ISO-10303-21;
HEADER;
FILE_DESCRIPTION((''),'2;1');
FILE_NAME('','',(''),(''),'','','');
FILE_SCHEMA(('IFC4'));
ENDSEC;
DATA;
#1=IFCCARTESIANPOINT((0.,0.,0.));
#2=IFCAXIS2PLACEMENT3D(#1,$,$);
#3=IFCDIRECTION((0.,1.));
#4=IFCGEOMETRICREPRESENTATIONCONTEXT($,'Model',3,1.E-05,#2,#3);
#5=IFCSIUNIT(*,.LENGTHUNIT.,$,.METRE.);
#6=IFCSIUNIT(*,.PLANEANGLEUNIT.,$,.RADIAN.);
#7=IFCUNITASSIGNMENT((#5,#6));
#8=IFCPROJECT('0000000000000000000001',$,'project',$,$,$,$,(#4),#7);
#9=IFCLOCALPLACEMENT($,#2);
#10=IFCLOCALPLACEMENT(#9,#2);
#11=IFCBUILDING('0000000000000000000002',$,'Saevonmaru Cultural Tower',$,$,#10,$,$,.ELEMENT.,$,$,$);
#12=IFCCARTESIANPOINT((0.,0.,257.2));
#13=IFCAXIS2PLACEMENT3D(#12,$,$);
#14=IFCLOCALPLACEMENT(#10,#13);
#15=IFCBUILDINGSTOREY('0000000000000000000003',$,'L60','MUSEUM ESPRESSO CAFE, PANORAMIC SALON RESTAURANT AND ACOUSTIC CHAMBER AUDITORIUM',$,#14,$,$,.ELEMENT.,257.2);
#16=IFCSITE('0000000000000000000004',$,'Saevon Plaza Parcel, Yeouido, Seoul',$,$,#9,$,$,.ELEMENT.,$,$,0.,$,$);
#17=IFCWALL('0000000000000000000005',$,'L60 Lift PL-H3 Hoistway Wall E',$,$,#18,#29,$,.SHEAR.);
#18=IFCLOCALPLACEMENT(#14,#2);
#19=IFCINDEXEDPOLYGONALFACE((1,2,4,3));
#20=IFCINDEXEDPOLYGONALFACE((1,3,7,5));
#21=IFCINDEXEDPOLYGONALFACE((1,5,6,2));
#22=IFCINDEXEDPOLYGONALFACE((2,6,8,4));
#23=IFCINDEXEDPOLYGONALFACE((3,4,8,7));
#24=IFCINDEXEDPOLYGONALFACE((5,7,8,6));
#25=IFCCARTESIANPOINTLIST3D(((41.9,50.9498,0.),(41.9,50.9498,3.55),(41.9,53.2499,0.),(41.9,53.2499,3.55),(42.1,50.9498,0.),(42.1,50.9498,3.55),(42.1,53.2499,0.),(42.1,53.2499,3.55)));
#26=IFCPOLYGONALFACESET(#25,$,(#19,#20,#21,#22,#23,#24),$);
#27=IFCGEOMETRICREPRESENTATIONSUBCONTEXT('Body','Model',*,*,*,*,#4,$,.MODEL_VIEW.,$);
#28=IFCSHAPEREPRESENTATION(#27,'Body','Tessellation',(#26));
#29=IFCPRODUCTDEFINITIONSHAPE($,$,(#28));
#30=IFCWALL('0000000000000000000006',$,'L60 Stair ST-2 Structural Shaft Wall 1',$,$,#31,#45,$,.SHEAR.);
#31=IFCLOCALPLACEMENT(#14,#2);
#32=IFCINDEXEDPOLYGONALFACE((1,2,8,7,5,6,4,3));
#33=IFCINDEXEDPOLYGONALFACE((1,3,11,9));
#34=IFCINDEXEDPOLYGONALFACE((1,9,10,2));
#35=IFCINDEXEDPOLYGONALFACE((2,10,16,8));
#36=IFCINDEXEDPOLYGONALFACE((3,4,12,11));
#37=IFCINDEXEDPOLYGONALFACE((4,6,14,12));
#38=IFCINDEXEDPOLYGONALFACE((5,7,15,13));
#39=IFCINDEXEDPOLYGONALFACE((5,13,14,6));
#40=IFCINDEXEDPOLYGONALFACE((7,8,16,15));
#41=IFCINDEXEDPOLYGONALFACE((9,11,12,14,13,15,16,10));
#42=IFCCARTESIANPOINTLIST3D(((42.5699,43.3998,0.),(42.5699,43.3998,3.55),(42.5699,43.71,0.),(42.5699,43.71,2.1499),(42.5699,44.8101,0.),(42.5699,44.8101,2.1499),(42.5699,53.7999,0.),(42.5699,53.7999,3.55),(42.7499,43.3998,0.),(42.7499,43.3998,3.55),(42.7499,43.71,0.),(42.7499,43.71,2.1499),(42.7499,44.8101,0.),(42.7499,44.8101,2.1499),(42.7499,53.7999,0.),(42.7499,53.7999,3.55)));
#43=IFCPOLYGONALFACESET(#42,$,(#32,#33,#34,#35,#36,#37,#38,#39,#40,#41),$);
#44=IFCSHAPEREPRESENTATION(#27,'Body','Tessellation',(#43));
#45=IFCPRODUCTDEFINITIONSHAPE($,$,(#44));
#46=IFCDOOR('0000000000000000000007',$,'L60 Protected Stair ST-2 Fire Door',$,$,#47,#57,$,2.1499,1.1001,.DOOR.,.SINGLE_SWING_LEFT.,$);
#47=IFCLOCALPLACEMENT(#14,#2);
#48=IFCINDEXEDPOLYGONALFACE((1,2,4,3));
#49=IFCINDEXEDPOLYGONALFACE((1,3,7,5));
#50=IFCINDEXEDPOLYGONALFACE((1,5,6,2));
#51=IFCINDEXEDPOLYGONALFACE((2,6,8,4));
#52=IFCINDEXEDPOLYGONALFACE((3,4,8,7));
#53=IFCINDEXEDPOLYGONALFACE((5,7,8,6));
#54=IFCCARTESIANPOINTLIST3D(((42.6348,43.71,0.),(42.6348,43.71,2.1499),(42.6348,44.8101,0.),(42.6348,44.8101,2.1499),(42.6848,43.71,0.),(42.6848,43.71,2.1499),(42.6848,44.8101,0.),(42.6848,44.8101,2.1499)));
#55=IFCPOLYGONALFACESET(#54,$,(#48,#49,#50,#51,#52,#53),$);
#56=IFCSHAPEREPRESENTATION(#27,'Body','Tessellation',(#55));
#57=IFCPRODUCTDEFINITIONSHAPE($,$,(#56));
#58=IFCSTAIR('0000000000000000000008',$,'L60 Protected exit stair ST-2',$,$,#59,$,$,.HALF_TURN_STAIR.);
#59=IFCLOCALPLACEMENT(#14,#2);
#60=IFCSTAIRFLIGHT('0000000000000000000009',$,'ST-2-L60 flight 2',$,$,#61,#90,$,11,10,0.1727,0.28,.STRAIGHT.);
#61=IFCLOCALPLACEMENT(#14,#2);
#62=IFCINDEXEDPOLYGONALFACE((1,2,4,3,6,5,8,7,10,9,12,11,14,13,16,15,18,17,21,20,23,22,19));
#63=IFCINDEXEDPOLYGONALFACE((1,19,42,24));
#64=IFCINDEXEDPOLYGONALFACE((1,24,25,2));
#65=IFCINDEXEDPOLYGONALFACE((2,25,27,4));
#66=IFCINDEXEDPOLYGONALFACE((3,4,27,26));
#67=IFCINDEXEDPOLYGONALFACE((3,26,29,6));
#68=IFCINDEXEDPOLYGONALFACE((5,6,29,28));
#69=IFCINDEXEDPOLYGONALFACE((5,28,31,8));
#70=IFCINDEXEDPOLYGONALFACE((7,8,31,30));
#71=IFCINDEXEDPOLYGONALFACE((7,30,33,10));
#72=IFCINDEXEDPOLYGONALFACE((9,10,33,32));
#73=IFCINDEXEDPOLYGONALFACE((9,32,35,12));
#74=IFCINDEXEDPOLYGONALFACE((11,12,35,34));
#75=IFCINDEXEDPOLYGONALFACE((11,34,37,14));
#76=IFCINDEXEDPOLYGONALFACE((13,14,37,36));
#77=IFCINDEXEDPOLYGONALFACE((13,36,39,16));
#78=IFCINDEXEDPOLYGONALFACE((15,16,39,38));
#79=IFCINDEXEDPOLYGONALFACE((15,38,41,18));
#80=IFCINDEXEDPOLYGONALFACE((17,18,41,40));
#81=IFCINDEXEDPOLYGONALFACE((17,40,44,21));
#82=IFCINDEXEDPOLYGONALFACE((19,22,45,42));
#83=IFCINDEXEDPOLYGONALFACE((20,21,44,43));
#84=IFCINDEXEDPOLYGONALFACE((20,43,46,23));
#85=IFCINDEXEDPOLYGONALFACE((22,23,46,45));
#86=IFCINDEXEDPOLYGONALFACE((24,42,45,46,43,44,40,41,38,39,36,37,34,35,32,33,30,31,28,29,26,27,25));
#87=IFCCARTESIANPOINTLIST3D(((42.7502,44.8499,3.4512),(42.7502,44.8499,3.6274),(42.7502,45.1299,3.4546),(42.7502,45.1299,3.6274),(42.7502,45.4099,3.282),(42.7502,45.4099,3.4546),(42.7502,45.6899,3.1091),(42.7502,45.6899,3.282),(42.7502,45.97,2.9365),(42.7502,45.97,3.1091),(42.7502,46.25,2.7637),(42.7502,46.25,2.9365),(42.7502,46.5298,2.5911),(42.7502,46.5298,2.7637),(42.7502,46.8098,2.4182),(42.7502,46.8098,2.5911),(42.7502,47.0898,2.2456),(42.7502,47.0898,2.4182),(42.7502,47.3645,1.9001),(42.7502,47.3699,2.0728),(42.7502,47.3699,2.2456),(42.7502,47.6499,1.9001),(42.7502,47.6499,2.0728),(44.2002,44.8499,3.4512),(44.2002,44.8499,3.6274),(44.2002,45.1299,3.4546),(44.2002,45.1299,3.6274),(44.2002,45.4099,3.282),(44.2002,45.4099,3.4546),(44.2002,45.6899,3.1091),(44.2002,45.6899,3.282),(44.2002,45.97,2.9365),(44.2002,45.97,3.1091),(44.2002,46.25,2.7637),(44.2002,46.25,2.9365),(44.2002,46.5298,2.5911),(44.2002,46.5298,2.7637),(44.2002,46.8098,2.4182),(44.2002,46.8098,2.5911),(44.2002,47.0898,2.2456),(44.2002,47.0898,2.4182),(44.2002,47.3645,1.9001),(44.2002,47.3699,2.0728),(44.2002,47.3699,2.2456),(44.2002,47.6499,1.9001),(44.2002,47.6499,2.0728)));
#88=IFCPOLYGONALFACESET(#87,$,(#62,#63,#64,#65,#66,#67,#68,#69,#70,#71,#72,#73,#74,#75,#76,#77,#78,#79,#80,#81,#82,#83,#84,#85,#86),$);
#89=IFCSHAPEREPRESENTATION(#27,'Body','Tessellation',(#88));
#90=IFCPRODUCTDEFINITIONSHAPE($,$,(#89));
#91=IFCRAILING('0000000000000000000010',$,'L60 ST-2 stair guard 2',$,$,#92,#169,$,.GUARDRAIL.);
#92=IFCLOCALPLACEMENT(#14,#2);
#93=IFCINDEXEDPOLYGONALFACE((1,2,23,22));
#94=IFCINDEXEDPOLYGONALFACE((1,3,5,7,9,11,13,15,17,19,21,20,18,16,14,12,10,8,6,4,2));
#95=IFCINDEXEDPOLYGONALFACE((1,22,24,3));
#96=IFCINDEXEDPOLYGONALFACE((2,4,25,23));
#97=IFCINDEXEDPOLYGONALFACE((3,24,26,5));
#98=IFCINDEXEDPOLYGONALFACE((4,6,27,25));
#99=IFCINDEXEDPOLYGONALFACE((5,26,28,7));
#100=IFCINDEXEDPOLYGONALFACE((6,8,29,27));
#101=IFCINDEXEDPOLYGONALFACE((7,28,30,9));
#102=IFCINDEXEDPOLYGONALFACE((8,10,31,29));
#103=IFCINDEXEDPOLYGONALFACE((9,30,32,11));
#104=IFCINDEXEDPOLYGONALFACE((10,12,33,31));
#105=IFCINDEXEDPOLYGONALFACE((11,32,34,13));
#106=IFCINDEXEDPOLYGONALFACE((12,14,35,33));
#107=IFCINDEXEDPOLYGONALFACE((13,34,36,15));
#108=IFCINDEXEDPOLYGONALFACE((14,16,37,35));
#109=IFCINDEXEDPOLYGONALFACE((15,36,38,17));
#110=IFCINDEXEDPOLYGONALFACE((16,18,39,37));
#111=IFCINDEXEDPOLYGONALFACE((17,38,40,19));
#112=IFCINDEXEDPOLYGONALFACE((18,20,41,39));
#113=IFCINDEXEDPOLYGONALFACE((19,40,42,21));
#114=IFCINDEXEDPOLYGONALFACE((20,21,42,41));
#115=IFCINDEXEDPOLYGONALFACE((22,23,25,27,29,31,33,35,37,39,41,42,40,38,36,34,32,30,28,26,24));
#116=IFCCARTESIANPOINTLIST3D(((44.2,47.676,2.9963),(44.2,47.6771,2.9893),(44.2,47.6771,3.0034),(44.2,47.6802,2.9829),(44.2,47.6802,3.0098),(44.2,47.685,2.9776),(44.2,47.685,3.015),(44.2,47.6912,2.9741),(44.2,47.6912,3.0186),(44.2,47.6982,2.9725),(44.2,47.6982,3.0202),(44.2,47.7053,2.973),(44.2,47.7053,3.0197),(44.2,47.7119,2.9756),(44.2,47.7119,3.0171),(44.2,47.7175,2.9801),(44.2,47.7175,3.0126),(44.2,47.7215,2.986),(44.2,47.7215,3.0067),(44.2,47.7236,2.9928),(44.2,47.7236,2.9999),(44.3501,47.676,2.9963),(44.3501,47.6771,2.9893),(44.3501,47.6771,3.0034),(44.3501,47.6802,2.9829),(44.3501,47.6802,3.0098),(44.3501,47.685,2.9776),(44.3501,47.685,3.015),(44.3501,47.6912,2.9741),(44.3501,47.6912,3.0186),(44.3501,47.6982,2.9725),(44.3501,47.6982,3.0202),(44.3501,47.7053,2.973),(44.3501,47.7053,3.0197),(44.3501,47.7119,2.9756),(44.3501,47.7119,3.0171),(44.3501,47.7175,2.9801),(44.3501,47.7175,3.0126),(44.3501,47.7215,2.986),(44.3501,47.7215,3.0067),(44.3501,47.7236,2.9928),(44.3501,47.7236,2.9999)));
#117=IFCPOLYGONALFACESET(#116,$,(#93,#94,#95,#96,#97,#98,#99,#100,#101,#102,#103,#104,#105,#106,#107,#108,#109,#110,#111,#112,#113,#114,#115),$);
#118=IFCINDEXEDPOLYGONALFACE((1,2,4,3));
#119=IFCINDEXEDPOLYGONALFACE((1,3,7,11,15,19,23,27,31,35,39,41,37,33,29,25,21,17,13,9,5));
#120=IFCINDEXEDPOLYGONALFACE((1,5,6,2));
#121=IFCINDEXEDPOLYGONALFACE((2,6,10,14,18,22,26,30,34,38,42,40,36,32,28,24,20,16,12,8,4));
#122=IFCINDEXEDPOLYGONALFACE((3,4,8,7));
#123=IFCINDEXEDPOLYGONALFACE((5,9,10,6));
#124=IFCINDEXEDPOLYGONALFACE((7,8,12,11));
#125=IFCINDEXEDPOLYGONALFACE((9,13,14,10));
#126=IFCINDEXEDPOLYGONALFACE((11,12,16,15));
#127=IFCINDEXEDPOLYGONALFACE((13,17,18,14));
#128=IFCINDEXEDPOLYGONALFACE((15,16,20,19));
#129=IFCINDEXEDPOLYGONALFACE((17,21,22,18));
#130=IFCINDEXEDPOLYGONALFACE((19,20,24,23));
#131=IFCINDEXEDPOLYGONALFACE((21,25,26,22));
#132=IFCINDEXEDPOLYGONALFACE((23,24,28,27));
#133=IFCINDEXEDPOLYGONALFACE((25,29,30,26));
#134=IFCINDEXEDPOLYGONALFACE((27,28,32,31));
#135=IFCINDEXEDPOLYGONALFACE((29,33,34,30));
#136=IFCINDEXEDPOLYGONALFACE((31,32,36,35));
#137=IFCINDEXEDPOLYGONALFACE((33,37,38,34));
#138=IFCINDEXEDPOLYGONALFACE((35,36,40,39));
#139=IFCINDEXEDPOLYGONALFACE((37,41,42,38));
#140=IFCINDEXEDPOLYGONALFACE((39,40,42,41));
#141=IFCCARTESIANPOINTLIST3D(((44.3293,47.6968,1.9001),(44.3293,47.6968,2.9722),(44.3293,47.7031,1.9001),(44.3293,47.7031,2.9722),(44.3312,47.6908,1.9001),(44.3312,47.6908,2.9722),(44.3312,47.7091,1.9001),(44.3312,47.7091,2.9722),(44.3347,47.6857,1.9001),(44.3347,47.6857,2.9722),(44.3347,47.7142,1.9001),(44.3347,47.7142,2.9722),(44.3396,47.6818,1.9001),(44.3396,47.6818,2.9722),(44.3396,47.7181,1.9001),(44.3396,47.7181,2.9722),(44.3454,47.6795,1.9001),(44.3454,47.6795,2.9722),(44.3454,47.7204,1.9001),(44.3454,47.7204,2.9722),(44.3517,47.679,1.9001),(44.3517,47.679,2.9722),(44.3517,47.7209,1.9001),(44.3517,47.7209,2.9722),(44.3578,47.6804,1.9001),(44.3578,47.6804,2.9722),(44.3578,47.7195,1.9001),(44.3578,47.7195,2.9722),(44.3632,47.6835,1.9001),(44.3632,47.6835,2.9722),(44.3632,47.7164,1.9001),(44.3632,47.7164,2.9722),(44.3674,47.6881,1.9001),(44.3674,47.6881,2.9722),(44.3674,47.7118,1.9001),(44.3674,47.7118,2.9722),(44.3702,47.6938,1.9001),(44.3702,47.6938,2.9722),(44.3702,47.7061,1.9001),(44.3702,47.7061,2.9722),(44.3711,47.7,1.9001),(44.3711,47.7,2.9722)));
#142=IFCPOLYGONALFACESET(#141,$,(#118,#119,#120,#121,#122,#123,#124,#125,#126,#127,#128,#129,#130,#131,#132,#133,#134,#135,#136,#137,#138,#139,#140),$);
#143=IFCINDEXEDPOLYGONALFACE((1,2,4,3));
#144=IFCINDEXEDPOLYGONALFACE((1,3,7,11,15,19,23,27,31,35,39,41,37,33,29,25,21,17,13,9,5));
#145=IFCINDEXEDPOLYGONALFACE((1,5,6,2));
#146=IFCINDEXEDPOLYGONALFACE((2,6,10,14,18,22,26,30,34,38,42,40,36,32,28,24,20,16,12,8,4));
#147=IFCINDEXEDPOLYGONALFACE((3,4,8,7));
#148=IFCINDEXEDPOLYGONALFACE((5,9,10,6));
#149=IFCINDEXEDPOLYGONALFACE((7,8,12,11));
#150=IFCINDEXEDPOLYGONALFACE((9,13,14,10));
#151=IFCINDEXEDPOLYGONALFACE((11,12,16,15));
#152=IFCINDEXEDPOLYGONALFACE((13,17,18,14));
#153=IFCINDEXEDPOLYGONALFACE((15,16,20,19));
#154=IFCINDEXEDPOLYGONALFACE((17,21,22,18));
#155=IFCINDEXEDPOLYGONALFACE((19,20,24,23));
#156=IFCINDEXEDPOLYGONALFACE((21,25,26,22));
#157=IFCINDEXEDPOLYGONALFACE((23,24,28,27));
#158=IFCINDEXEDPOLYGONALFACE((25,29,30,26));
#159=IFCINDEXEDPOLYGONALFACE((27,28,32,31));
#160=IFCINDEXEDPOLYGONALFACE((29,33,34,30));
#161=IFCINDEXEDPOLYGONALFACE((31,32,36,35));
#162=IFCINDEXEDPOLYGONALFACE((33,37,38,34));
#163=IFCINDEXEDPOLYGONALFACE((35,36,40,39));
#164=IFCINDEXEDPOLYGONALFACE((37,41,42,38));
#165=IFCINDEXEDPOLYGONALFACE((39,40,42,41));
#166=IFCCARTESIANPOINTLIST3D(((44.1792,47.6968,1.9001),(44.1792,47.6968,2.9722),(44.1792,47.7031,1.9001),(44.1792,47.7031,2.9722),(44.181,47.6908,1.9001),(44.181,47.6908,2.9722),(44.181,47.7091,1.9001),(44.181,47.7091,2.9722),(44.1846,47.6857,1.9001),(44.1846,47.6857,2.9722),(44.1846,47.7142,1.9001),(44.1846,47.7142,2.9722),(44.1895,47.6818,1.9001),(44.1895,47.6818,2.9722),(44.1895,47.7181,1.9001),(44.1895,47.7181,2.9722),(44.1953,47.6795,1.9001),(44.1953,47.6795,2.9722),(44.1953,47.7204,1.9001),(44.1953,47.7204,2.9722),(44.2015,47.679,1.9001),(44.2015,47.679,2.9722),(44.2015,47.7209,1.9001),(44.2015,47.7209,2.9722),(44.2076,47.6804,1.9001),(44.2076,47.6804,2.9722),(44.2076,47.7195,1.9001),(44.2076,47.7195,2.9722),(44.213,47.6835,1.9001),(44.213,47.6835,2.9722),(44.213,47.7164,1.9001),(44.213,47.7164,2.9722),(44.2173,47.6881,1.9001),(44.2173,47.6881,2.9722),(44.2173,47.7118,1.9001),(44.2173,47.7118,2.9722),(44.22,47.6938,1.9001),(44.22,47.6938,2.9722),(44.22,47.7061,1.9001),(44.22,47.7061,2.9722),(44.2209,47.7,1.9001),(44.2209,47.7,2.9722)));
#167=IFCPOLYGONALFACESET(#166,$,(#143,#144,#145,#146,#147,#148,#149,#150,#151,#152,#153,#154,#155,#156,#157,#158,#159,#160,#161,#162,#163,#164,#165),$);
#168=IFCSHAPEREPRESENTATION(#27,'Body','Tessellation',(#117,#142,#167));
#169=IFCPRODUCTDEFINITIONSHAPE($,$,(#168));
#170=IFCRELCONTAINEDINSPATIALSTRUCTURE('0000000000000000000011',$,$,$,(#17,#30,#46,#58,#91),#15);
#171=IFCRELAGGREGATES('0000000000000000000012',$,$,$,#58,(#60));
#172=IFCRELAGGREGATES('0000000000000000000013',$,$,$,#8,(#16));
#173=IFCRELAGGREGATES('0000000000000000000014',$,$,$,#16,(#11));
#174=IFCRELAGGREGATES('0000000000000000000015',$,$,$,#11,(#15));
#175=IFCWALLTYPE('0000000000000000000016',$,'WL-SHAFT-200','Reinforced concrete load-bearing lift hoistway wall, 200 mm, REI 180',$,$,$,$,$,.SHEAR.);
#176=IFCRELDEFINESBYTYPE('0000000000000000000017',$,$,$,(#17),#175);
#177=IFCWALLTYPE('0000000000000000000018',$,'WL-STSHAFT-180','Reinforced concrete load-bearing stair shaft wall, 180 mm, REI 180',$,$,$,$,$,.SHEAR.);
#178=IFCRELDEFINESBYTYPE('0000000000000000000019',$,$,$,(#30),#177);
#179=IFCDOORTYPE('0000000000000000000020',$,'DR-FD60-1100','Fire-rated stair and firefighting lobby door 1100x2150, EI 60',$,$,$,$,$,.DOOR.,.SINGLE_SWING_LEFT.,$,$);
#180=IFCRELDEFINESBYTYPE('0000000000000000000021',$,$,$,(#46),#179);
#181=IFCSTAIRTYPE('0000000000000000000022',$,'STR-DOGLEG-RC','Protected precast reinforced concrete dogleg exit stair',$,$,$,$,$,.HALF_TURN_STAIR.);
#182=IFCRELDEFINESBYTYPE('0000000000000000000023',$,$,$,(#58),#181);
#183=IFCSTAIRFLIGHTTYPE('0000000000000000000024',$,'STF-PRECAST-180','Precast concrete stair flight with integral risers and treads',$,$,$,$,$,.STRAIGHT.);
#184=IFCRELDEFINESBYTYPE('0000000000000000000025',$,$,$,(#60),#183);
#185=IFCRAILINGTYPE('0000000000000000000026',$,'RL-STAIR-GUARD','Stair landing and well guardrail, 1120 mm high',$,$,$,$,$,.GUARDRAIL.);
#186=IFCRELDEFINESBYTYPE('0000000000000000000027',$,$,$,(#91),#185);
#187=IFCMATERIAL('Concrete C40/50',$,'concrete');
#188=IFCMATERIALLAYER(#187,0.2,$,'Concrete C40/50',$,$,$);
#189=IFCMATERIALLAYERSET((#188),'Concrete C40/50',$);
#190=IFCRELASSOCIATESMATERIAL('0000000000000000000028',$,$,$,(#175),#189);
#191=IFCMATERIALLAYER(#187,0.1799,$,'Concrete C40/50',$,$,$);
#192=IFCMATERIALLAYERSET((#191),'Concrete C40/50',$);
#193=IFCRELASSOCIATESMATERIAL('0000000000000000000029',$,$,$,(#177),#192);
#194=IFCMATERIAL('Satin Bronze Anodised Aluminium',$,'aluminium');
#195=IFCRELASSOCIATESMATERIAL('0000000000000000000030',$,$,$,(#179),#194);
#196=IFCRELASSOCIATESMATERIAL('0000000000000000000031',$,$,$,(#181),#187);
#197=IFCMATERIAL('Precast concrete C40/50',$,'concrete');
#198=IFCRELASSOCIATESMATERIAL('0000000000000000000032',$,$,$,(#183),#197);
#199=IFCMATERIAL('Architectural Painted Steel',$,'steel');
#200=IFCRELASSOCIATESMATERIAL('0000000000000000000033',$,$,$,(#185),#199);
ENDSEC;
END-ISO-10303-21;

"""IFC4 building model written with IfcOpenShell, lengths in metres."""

from ifc_helpers import new_model, si_unit, direction, frame, frame_2d, origin, origin_2d, place, context, subcontext, project, spatial, polyline, rectangle, circle, outline, extrude, material, layer, layer_set, type_object, element, fill, aggregate, save


model = new_model("IFC4")

# Units and contexts
model_context = context("Model", 3, precision=1e-05, world=origin(), true_north=direction((0.0, 1.0)))
body_context = subcontext(model_context, "Body", "Model", "MODEL_VIEW")
ifc_project = project(units=[si_unit("LENGTHUNIT", "METRE"), si_unit("PLANEANGLEUNIT", "RADIAN")], contexts=[model_context])

# Site, building, storey
site_placement = place(None, origin())
site = spatial("IfcSite", under=ifc_project, at=site_placement, Name="Saevon Plaza Parcel, Yeouido, Seoul", CompositionType="ELEMENT", RefElevation=0.0)
building_placement = place(site_placement, origin())
building = spatial("IfcBuilding", under=site, at=building_placement, Name="Saevonmaru Cultural Tower", CompositionType="ELEMENT")
storey_placement = place(building_placement, frame((0.0, 0.0, 257.2)))
storey = spatial("IfcBuildingStorey", under=building, at=storey_placement, Name="L60", Description="MUSEUM ESPRESSO CAFE, PANORAMIC SALON RESTAURANT AND ACOUSTIC CHAMBER AUDITORIUM", CompositionType="ELEMENT", Elevation=257.2)

# Shared definitions
ifc_material_1 = material(Name="Satin Bronze Anodised Aluminium", Category="aluminium")

# Shared definitions
ifc_material_2 = material(Name="Concrete C40/50", Category="concrete")
ifc_layer_1 = layer(ifc_material_2, 0.2, Name="Concrete C40/50")
ifc_layer_set_1 = layer_set([ifc_layer_1], Name="Concrete C40/50")
wall_type_1 = type_object("IfcWallType", Name="WL-SHAFT-200", Description="Reinforced concrete load-bearing lift hoistway wall, 200 mm, REI 180", PredefinedType="SHEAR", material=ifc_layer_set_1)

# Wall
for number, where, z_axis, x_axis, name in (
    (1, (42.0, 50.95, 0.0), (0.0, 0.0, 1.0), (0.0, 1.0, 0.0), "L60 Lift PL-H3 Hoistway Wall E"),
):
    element("IfcWall", number, at=place(storey_placement, frame(where, z_axis=z_axis, x_axis=x_axis)), inside=storey, type_object=wall_type_1, Name=name, PredefinedType="SHEAR", context=body_context, shape_type="SweptSolid", body=[
        extrude(rectangle(XDim=2.3, YDim=0.2, at=frame_2d((1.1499, 0.0))), origin(), (0.0, 0.0, 1.0), 3.55),
    ])

# Wall, opening, door
ifc_layer_2 = layer(ifc_material_2, 0.1799, Name="Concrete C40/50")
ifc_layer_set_2 = layer_set([ifc_layer_2], Name="Concrete C40/50")
wall_type_2 = type_object("IfcWallType", Name="WL-STSHAFT-180", Description="Reinforced concrete load-bearing stair shaft wall, 180 mm, REI 180", PredefinedType="SHEAR", material=ifc_layer_set_2)
wall_1_placement = place(storey_placement, frame((42.6599, 53.8, 0.0), z_axis=(0.0, 0.0, 1.0), x_axis=(0.0, -1.0, 0.0)))
wall_1 = element("IfcWall", 2, at=wall_1_placement, inside=storey, type_object=wall_type_2, Name="L60 Stair ST-2 Structural Shaft Wall 1", PredefinedType="SHEAR", context=body_context, shape_type="SweptSolid", body=[
    extrude(rectangle(XDim=10.4001, YDim=0.1799, at=frame_2d((5.2002, 0.0))), origin(), (0.0, 0.0, 1.0), 3.55),
])
opening_1_placement = place(wall_1_placement, frame((8.99, 0.0, 0.0)))
opening_1 = element("IfcOpeningElement", 3, at=opening_1_placement, cuts=wall_1, PredefinedType="OPENING", context=body_context, shape_type="SweptSolid", body=[
    extrude(rectangle(XDim=1.1001, YDim=2.1499, at=frame_2d((0.55, 1.075))), frame((0.0, 0.1001, 0.0), z_axis=(0.0, -1.0, 0.0), x_axis=(1.0, 0.0, 0.0)), (0.0, 0.0, 1.0), 0.2),
])
door_type_1 = type_object("IfcDoorType", Name="DR-FD60-1100", Description="Fire-rated stair and firefighting lobby door 1100x2150, EI 60", OperationType="SINGLE_SWING_LEFT", PredefinedType="DOOR", material=ifc_material_1)
door_1_placement = place(opening_1_placement, origin())
door_1 = element("IfcDoor", 4, at=door_1_placement, inside=storey, type_object=door_type_1, Name="L60 Protected Stair ST-2 Fire Door", OperationType="SINGLE_SWING_LEFT", OverallHeight=2.1499, OverallWidth=1.1001, PredefinedType="DOOR", context=body_context, shape_type="SweptSolid", body=[
    extrude(rectangle(XDim=1.1001, YDim=2.1499, at=frame_2d((0.55, 1.075))), frame((0.0, 0.0249, 0.0), z_axis=(0.0, -1.0, 0.0), x_axis=(1.0, 0.0, 0.0)), (0.0, 0.0, 1.0), 0.05),
])
fill(opening_1, door_1)

# Stair, stair flight
stair_type = type_object("IfcStairType", Name="STR-DOGLEG-RC", Description="Protected precast reinforced concrete dogleg exit stair", PredefinedType="HALF_TURN_STAIR", material=ifc_material_2)
stair_placement = place(storey_placement, origin())
stair = element("IfcStair", 5, at=stair_placement, inside=storey, type_object=stair_type, Name="L60 Protected exit stair ST-2", PredefinedType="HALF_TURN_STAIR")
ifc_material_3 = material(Name="Precast concrete C40/50", Category="concrete")
stair_flight_type = type_object("IfcStairFlightType", Name="STF-PRECAST-180", Description="Precast concrete stair flight with integral risers and treads", PredefinedType="STRAIGHT", material=ifc_material_3)
stair_flight_placement = place(storey_placement, frame((43.4751, 47.6499, 1.9001), z_axis=(0.0, 0.0, 1.0), x_axis=(0.0, -1.0, 0.0)))
stair_flight = element("IfcStairFlight", 6, at=stair_flight_placement, type_object=stair_flight_type, Name="ST-2-L60 flight 2", NumberOfRisers=11, NumberOfTreads=10, PredefinedType="STRAIGHT", RiserHeight=0.1727, TreadLength=0.28, context=body_context, shape_type="SweptSolid", body=[
    extrude(outline(polyline([(0.0, 0.0), (0.0, 0.1726), (0.28, 0.1726), (0.28, 0.3455), (0.5601, 0.3455), (0.5601, 0.5181), (0.8401, 0.5181), (0.8401, 0.6909), (1.1201, 0.6909), (1.1201, 0.8635), (1.3999, 0.8635), (1.3999, 1.0364), (1.6799, 1.0364), (1.6799, 1.209), (1.96, 1.209), (1.96, 1.3818), (2.24, 1.3818), (2.24, 1.5544), (2.52, 1.5544), (2.52, 1.7273), (2.8, 1.7273), (2.8, 1.8999), (2.8, 1.551), (0.2854, 0.0), (0.0, 0.0)])), frame((0.0, 0.7251, 0.0), z_axis=(0.0, -1.0, 0.0), x_axis=(1.0, 0.0, 0.0)), (0.0, 0.0, 1.0), 1.45),
])
aggregate(stair, [stair_flight])

# Railing
ifc_material_4 = material(Name="Architectural Painted Steel", Category="steel")
railing_type_1 = type_object("IfcRailingType", Name="RL-STAIR-GUARD", Description="Stair landing and well guardrail, 1120 mm high", PredefinedType="GUARDRAIL", material=ifc_material_4)
railing_1_placement = place(storey_placement, frame((44.3501, 47.7, 1.9001)))
element("IfcRailing", 7, at=railing_1_placement, inside=storey, type_object=railing_type_1, Name="L60 ST-2 stair guard 2", PredefinedType="GUARDRAIL", context=body_context, shape_type="SweptSolid", body=[
    extrude(circle(Radius=0.0239, at=origin_2d()), frame((0.0, 0.0, 1.0962), z_axis=(-1.0, 0.0, 0.0), x_axis=(0.0, -1.0, 0.0)), (0.0, 0.0, 1.0), 0.1501),
    extrude(circle(Radius=0.021, at=origin_2d()), origin(), (0.0, 0.0, 1.0), 1.072),
    extrude(circle(Radius=0.021, at=origin_2d()), frame((-0.1501, 0.0, 0.0)), (0.0, 0.0, 1.0), 1.072),
])

save(model, "model.ifc")
